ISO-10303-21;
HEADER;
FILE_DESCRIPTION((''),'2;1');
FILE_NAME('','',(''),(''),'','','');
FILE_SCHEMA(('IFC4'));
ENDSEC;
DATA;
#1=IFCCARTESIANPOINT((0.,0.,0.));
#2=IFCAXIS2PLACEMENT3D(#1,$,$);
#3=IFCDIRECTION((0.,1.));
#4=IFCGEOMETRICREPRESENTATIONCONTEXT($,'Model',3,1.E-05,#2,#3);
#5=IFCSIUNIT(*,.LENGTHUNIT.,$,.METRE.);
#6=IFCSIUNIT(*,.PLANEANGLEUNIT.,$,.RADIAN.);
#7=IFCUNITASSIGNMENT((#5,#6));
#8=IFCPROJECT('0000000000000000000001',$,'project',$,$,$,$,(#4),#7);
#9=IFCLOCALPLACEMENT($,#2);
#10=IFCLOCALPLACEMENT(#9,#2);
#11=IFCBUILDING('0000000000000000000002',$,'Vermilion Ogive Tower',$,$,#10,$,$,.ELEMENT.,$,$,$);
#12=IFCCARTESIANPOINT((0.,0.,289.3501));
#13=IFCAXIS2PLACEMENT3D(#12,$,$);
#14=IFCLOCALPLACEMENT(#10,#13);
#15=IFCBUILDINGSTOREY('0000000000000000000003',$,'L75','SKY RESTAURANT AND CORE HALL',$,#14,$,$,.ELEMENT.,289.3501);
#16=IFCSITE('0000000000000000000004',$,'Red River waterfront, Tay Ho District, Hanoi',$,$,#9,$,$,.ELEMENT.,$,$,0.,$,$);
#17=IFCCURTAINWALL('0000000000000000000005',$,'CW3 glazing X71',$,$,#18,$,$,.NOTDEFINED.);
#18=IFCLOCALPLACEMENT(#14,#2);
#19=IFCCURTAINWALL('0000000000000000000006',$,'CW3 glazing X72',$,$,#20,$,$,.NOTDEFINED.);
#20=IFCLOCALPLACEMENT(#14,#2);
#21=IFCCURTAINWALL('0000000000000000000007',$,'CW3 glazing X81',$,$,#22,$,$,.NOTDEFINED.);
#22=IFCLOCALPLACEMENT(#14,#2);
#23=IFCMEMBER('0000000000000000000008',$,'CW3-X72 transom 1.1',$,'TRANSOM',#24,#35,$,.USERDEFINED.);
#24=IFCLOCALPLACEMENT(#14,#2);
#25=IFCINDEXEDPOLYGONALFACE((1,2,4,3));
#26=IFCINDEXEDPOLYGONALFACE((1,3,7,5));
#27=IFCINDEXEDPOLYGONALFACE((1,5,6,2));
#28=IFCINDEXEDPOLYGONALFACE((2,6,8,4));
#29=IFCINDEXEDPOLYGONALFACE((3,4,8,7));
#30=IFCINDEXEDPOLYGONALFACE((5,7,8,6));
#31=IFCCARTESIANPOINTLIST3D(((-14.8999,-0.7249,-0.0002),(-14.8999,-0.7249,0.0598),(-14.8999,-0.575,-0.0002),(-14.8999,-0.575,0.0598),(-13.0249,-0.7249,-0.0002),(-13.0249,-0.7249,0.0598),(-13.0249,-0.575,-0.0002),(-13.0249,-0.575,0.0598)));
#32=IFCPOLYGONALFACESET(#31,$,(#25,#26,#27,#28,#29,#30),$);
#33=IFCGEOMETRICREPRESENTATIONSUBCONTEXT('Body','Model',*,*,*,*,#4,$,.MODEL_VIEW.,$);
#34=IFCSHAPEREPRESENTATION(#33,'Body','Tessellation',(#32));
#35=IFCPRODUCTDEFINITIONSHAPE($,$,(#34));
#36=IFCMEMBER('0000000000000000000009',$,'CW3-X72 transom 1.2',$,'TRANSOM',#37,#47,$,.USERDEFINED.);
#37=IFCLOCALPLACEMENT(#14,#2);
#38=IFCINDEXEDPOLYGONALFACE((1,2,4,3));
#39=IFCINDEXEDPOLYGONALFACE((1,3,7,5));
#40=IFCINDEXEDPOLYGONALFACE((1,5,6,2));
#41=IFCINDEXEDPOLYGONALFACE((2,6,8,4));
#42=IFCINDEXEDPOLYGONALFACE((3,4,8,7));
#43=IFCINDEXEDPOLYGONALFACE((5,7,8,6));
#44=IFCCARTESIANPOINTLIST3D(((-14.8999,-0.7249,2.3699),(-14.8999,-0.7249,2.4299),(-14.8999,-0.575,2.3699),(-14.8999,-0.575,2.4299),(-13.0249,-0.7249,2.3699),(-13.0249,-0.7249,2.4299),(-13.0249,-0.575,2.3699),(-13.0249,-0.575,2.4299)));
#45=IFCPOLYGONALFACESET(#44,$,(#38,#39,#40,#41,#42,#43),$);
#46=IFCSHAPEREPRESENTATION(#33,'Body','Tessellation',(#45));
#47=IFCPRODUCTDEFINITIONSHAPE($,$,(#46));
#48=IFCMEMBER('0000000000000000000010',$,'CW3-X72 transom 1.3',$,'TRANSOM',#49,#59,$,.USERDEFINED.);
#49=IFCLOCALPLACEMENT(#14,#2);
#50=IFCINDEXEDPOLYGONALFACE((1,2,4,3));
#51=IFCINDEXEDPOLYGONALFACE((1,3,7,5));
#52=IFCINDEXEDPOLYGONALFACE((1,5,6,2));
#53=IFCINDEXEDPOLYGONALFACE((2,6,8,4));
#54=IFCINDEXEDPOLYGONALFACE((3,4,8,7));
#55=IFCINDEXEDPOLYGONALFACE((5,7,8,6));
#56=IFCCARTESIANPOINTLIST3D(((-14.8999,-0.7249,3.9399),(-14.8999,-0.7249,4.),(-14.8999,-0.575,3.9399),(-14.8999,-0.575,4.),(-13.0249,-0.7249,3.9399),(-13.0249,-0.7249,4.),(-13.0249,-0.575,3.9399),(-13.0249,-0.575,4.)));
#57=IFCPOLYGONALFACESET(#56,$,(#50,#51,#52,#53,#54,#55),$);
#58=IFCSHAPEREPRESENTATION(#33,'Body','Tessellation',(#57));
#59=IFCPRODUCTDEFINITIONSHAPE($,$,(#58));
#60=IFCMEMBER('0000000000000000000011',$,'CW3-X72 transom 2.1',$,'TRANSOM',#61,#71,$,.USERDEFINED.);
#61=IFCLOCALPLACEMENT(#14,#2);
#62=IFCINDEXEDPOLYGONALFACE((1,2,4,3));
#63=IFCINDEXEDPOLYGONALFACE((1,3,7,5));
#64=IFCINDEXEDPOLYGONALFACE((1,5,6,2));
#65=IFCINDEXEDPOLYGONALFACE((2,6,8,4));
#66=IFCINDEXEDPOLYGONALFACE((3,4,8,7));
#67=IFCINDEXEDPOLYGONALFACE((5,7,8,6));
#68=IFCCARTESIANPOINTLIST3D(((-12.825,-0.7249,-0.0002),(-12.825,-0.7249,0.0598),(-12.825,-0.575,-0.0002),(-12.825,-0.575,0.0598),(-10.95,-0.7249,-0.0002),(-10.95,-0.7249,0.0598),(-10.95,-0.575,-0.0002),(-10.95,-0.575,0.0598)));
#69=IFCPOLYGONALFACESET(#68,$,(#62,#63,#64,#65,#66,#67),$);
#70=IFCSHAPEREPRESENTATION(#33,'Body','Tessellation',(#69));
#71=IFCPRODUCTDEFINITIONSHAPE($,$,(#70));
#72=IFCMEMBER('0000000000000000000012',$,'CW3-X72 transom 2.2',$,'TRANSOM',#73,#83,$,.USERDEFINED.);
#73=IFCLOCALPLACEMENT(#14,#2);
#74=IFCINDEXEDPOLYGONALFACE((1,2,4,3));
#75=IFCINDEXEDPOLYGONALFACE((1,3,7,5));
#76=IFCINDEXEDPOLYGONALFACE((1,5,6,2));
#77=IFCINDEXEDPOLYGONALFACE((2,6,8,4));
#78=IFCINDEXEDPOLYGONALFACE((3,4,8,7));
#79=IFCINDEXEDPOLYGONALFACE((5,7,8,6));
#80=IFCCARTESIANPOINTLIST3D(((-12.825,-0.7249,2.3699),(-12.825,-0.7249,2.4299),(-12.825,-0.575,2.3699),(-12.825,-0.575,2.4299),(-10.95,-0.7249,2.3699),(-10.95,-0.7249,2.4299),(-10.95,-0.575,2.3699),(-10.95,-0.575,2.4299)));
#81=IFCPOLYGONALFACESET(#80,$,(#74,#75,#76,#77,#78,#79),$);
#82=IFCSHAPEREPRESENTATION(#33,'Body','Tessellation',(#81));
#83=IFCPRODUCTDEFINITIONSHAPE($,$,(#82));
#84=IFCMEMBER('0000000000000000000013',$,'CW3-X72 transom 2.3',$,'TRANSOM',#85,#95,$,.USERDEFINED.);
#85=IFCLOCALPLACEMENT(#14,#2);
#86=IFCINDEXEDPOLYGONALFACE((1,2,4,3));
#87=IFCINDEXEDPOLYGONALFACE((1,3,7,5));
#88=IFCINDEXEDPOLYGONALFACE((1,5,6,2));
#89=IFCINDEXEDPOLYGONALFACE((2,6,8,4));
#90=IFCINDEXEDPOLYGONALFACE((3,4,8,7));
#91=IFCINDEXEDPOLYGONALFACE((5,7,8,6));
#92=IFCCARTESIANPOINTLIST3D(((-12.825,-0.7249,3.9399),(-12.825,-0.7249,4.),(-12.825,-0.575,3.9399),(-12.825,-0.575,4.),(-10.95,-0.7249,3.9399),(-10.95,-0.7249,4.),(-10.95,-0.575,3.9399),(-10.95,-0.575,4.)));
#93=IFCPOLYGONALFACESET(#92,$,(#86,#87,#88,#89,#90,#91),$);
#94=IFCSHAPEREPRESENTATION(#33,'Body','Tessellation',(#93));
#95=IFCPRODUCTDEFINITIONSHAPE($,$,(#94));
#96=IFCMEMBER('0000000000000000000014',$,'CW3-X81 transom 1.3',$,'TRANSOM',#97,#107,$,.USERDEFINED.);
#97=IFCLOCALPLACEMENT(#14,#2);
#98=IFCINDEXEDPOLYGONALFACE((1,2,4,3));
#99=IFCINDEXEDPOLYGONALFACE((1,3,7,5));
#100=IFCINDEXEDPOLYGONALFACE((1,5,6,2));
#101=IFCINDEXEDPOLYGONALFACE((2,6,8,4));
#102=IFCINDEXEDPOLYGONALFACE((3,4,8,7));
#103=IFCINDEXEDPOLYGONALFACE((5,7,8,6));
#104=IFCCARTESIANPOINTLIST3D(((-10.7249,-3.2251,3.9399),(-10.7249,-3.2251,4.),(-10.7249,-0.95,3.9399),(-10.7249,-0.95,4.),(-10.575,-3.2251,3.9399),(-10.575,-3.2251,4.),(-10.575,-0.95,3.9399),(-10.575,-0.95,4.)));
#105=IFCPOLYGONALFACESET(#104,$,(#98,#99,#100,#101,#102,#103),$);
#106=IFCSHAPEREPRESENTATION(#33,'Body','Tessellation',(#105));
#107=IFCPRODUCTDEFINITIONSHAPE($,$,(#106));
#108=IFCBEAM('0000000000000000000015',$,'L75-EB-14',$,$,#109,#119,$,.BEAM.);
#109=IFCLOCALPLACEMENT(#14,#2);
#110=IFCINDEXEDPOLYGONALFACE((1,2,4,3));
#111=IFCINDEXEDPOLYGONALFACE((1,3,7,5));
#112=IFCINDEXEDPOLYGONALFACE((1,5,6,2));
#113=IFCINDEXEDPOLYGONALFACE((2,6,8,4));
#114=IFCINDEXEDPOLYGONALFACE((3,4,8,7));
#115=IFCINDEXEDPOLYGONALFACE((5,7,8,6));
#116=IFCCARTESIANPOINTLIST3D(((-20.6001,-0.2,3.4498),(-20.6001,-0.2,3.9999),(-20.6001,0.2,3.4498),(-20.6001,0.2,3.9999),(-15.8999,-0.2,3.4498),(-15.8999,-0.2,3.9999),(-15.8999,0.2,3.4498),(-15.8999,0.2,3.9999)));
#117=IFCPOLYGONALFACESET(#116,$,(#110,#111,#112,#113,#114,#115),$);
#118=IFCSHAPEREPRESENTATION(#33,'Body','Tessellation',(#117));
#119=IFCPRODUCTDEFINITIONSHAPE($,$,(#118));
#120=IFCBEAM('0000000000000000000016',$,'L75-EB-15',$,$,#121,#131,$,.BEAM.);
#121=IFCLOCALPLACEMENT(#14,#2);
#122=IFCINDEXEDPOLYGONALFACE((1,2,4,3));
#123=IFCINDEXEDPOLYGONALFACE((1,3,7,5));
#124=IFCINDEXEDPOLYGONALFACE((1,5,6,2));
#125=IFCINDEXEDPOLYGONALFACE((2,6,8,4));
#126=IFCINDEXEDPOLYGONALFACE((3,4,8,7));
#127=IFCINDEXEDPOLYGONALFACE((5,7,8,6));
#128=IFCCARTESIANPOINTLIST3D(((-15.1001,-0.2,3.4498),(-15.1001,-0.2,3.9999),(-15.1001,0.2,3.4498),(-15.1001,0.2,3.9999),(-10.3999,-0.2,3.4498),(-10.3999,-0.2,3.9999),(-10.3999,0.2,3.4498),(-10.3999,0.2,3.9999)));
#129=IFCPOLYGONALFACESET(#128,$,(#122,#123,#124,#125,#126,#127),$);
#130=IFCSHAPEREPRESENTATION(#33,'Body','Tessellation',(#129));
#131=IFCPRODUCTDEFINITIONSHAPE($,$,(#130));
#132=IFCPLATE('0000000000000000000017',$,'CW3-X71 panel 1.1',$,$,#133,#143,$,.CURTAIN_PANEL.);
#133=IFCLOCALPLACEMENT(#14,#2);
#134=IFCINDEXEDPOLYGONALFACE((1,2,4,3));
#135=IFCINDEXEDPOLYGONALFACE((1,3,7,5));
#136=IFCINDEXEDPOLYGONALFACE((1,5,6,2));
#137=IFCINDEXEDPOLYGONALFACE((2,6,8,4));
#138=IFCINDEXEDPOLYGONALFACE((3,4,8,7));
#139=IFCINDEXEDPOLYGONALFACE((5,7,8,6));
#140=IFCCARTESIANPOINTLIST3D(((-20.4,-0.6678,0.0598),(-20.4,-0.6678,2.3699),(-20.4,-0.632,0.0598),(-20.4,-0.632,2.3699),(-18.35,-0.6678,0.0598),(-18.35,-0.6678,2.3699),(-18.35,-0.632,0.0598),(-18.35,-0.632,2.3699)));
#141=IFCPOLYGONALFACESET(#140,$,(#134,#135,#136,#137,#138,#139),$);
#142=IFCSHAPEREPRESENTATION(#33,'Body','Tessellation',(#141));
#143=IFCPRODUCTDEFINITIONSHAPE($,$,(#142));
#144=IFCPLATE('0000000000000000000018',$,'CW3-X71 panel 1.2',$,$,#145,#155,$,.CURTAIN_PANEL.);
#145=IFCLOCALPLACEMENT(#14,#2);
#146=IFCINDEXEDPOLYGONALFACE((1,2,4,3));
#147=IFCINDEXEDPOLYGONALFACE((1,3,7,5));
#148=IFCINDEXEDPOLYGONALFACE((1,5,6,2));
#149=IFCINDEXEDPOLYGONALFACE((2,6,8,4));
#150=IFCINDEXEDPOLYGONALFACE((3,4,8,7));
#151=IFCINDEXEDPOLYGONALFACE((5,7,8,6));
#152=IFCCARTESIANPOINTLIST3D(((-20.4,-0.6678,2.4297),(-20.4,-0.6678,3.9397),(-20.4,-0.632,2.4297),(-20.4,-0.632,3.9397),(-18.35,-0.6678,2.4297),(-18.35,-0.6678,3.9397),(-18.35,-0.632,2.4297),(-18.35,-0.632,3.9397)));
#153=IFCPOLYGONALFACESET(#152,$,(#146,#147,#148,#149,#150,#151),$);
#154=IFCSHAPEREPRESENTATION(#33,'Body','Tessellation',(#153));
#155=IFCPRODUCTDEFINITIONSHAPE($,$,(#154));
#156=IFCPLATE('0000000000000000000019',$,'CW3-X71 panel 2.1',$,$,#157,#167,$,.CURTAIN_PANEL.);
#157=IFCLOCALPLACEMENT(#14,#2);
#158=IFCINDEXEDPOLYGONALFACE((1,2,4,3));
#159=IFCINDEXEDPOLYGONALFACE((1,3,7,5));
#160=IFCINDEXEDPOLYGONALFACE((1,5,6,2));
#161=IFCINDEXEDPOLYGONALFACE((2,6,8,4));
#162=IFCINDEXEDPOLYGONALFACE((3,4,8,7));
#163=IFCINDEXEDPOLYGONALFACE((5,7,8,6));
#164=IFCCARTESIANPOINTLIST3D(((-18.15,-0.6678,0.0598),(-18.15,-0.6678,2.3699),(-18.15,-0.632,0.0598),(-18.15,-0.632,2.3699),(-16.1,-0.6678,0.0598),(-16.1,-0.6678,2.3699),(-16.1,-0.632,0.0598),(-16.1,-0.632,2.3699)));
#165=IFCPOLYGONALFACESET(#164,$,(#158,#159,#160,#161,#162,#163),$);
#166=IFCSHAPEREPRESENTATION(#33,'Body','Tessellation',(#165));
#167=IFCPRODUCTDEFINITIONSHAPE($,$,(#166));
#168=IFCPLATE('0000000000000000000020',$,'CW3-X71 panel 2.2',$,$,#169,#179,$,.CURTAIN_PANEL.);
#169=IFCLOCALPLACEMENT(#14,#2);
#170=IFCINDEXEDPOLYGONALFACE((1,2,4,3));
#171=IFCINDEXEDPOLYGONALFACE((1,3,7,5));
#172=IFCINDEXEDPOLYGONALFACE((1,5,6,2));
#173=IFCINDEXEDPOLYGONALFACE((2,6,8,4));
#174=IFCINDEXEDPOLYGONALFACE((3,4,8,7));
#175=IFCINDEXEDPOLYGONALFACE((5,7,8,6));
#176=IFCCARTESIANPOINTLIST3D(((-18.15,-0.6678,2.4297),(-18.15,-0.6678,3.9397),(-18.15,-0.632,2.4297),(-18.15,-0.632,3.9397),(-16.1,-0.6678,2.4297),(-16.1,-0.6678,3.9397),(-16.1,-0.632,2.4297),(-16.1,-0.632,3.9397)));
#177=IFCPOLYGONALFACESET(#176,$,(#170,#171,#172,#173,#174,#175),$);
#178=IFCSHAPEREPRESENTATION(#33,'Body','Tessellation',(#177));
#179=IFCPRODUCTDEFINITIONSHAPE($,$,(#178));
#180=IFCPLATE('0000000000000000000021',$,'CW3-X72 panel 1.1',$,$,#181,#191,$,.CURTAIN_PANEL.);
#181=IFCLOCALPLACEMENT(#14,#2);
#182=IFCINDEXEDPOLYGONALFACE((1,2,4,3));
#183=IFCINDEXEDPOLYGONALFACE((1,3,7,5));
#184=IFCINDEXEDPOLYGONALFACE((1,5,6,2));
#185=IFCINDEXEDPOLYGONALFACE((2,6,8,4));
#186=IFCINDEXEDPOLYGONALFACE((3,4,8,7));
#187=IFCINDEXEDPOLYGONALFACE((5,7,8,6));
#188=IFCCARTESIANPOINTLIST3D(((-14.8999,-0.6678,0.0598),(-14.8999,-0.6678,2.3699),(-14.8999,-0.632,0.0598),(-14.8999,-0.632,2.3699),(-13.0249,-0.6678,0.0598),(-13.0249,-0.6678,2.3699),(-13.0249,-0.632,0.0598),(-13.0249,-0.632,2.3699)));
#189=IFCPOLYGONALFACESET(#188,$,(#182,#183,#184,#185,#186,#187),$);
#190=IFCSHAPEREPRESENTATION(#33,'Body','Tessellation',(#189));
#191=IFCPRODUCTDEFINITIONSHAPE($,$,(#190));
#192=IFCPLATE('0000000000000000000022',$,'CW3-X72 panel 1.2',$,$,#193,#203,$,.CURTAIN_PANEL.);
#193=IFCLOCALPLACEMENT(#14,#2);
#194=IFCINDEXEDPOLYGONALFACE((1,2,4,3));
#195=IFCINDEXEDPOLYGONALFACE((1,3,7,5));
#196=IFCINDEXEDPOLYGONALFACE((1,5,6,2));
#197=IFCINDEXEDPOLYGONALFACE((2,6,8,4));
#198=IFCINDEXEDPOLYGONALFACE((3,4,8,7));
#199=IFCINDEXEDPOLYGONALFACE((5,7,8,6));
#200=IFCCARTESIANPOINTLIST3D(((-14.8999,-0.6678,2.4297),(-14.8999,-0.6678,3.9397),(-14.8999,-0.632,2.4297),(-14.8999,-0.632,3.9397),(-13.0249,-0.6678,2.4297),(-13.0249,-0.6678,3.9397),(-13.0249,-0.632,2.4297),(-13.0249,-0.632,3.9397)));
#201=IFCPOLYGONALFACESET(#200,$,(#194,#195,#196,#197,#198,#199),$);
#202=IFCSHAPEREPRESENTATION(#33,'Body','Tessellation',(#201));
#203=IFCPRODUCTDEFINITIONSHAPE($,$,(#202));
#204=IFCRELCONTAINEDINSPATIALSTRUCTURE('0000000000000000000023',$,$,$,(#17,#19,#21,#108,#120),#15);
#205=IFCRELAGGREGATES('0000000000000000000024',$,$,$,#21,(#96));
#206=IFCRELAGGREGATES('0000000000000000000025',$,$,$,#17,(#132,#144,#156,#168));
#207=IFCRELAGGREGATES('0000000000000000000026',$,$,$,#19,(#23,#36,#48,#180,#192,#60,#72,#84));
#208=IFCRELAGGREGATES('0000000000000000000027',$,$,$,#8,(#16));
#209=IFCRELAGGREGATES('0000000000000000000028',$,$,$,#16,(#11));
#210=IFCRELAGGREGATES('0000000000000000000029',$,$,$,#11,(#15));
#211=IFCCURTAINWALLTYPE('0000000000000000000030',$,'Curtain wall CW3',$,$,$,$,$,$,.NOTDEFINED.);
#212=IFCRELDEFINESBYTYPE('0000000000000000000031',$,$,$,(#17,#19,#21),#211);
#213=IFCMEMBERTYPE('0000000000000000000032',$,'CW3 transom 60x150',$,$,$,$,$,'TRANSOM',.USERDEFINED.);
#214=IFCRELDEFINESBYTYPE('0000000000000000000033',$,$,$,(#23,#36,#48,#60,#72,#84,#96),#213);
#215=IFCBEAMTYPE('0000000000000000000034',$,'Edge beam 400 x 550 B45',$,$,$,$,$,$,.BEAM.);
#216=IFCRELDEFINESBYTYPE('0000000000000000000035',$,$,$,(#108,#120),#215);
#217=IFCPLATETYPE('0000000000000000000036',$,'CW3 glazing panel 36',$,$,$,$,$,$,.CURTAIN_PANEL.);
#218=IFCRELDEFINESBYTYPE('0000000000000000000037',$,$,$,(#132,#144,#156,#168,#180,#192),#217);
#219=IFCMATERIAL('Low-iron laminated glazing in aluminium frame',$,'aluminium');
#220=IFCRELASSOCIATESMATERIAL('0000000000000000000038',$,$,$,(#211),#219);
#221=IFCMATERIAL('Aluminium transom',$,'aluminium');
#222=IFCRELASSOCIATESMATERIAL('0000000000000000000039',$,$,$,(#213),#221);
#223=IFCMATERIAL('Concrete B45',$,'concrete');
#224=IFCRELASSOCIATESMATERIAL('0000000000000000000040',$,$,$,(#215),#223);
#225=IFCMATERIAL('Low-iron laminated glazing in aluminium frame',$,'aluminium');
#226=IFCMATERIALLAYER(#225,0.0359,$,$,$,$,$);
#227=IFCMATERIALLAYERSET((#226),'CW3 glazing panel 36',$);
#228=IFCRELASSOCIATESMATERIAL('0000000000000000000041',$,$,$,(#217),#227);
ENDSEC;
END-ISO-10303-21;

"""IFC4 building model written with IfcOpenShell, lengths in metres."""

from ifc_helpers import new_model, si_unit, direction, frame, origin, origin_2d, place, context, subcontext, project, spatial, rectangle, extrude, material, layer, layer_set, material_profile, profile_set, type_object, element, aggregate, save


model = new_model("IFC4")

# Units and contexts
model_context = context("Model", 3, precision=1e-05, world=origin(), true_north=direction((0.0, 1.0)))
body_context = subcontext(model_context, "Body", "Model", "MODEL_VIEW")
ifc_project = project(units=[si_unit("LENGTHUNIT", "METRE"), si_unit("PLANEANGLEUNIT", "RADIAN")], contexts=[model_context])

# Site, building, storey
site_placement = place(None, origin())
site = spatial("IfcSite", under=ifc_project, at=site_placement, Name="Red River waterfront, Tay Ho District, Hanoi", CompositionType="ELEMENT", RefElevation=0.0)
building_placement = place(site_placement, origin())
building = spatial("IfcBuilding", under=site, at=building_placement, Name="Vermilion Ogive Tower", CompositionType="ELEMENT")
storey_placement = place(building_placement, frame((0.0, 0.0, 289.3501)))
storey = spatial("IfcBuildingStorey", under=building, at=storey_placement, Name="L75", Description="SKY RESTAURANT AND CORE HALL", CompositionType="ELEMENT", Elevation=289.3501)

# Curtain walls
ifc_material_1 = material(Name="Low-iron laminated glazing in aluminium frame", Category="aluminium")
curtain_wall_type = type_object("IfcCurtainWallType", Name="Curtain wall CW3", PredefinedType="NOTDEFINED", material=ifc_material_1)
curtain_wall_1_placement = place(storey_placement, origin())
curtain_wall_1 = element("IfcCurtainWall", 1, at=curtain_wall_1_placement, inside=storey, type_object=curtain_wall_type, Name="CW3 glazing X71", PredefinedType="NOTDEFINED")
curtain_wall_2_placement = place(storey_placement, origin())
curtain_wall_2 = element("IfcCurtainWall", 2, at=curtain_wall_2_placement, inside=storey, type_object=curtain_wall_type, Name="CW3 glazing X72", PredefinedType="NOTDEFINED")

# Curtain wall
curtain_wall_3_placement = place(storey_placement, origin())
curtain_wall_3 = element("IfcCurtainWall", 3, at=curtain_wall_3_placement, inside=storey, type_object=curtain_wall_type, Name="CW3 glazing X81", PredefinedType="NOTDEFINED")

# Members
ifc_material_2 = material(Name="Aluminium transom", Category="aluminium")
ifc_material_profile_1 = material_profile(ifc_material_2, rectangle(XDim=0.1499, YDim=0.0601, at=origin_2d()), Name="AL 60x150")
ifc_profile_set_1 = profile_set([ifc_material_profile_1], Name="Aluminium transom")
member_type_1 = type_object("IfcMemberType", Name="CW3 transom 60x150", ElementType="TRANSOM", PredefinedType="USERDEFINED", material=ifc_profile_set_1)
member_1_placement = place(storey_placement, frame((-14.8999, -0.6499, 0.0298), z_axis=(1.0, 0.0, 0.0), x_axis=(0.0, 1.0, 0.0)))
member_1 = element("IfcMember", 4, at=member_1_placement, type_object=member_type_1, Name="CW3-X72 transom 1.1", ObjectType="TRANSOM", PredefinedType="USERDEFINED", context=body_context, shape_type="SweptSolid", body=[
    extrude(rectangle(XDim=0.1499, YDim=0.0601, at=origin_2d()), origin(), (0.0, 0.0, 1.0), 1.875),
])
member_2_placement = place(storey_placement, frame((-14.8999, -0.6499, 2.3999), z_axis=(1.0, 0.0, 0.0), x_axis=(0.0, 1.0, 0.0)))
member_2 = element("IfcMember", 5, at=member_2_placement, type_object=member_type_1, Name="CW3-X72 transom 1.2", ObjectType="TRANSOM", PredefinedType="USERDEFINED", context=body_context, shape_type="SweptSolid", body=[
    extrude(rectangle(XDim=0.1499, YDim=0.0601, at=origin_2d()), origin(), (0.0, 0.0, 1.0), 1.875),
])
member_3_placement = place(storey_placement, frame((-14.8999, -0.6499, 3.97), z_axis=(1.0, 0.0, 0.0), x_axis=(0.0, 1.0, 0.0)))
member_3 = element("IfcMember", 6, at=member_3_placement, type_object=member_type_1, Name="CW3-X72 transom 1.3", ObjectType="TRANSOM", PredefinedType="USERDEFINED", context=body_context, shape_type="SweptSolid", body=[
    extrude(rectangle(XDim=0.1499, YDim=0.0601, at=origin_2d()), origin(), (0.0, 0.0, 1.0), 1.875),
])
member_4_placement = place(storey_placement, frame((-12.825, -0.6499, 0.0298), z_axis=(1.0, 0.0, 0.0), x_axis=(0.0, 1.0, 0.0)))
member_4 = element("IfcMember", 7, at=member_4_placement, type_object=member_type_1, Name="CW3-X72 transom 2.1", ObjectType="TRANSOM", PredefinedType="USERDEFINED", context=body_context, shape_type="SweptSolid", body=[
    extrude(rectangle(XDim=0.1499, YDim=0.0601, at=origin_2d()), origin(), (0.0, 0.0, 1.0), 1.875),
])
member_5_placement = place(storey_placement, frame((-12.825, -0.6499, 2.3999), z_axis=(1.0, 0.0, 0.0), x_axis=(0.0, 1.0, 0.0)))
member_5 = element("IfcMember", 8, at=member_5_placement, type_object=member_type_1, Name="CW3-X72 transom 2.2", ObjectType="TRANSOM", PredefinedType="USERDEFINED", context=body_context, shape_type="SweptSolid", body=[
    extrude(rectangle(XDim=0.1499, YDim=0.0601, at=origin_2d()), origin(), (0.0, 0.0, 1.0), 1.875),
])
member_6_placement = place(storey_placement, frame((-12.825, -0.6499, 3.97), z_axis=(1.0, 0.0, 0.0), x_axis=(0.0, 1.0, 0.0)))
member_6 = element("IfcMember", 9, at=member_6_placement, type_object=member_type_1, Name="CW3-X72 transom 2.3", ObjectType="TRANSOM", PredefinedType="USERDEFINED", context=body_context, shape_type="SweptSolid", body=[
    extrude(rectangle(XDim=0.1499, YDim=0.0601, at=origin_2d()), origin(), (0.0, 0.0, 1.0), 1.875),
])
member_7_placement = place(storey_placement, frame((-10.6499, -0.95, 3.97), z_axis=(0.0, -1.0, 0.0), x_axis=(1.0, 0.0, 0.0)))
member_7 = element("IfcMember", 10, at=member_7_placement, type_object=member_type_1, Name="CW3-X81 transom 1.3", ObjectType="TRANSOM", PredefinedType="USERDEFINED", context=body_context, shape_type="SweptSolid", body=[
    extrude(rectangle(XDim=0.1499, YDim=0.0601, at=origin_2d()), origin(), (0.0, 0.0, 1.0), 2.2751),
])
aggregate(curtain_wall_3, [member_7])

# Beams
ifc_material_3 = material(Name="Concrete B45", Category="concrete")
ifc_material_profile_2 = material_profile(ifc_material_3, rectangle(XDim=0.3999, YDim=0.55, at=origin_2d()), Name="400 x 550")
ifc_profile_set_2 = profile_set([ifc_material_profile_2], Name="Concrete B45")
beam_type = type_object("IfcBeamType", Name="Edge beam 400 x 550 B45", PredefinedType="BEAM", material=ifc_profile_set_2)
for number, where, z_axis, x_axis, name in (
    (11, (-20.6001, 0.0, 3.7249), (1.0, 0.0, 0.0), (0.0, 1.0, 0.0), "L75-EB-14"),
    (12, (-15.1001, 0.0, 3.7249), (1.0, 0.0, 0.0), (0.0, 1.0, 0.0), "L75-EB-15"),
):
    element("IfcBeam", number, at=place(storey_placement, frame(where, z_axis=z_axis, x_axis=x_axis)), inside=storey, type_object=beam_type, Name=name, PredefinedType="BEAM", context=body_context, shape_type="SweptSolid", body=[
        extrude(rectangle(XDim=0.3999, YDim=0.55, at=origin_2d()), origin(), (0.0, 0.0, 1.0), 4.7002),
    ])

# Plates
ifc_material_4 = material(Name="Low-iron laminated glazing in aluminium frame", Category="aluminium")
ifc_layer_1 = layer(ifc_material_4, 0.0359)
ifc_layer_set_1 = layer_set([ifc_layer_1], Name="CW3 glazing panel 36")
plate_type = type_object("IfcPlateType", Name="CW3 glazing panel 36", PredefinedType="CURTAIN_PANEL", material=ifc_layer_set_1)
plate_1_placement = place(storey_placement, frame((-19.375, -0.6499, 0.0598), z_axis=(0.0, 0.0, 1.0), x_axis=(1.0, 0.0, 0.0)))
plate_1 = element("IfcPlate", 13, at=plate_1_placement, type_object=plate_type, Name="CW3-X71 panel 1.1", PredefinedType="CURTAIN_PANEL", context=body_context, shape_type="SweptSolid", body=[
    extrude(rectangle(XDim=2.05, YDim=0.0359, at=origin_2d()), origin(), (0.0, 0.0, 1.0), 2.3101),
])
plate_2_placement = place(storey_placement, frame((-19.375, -0.6499, 2.4297), z_axis=(0.0, 0.0, 1.0), x_axis=(1.0, 0.0, 0.0)))
plate_2 = element("IfcPlate", 14, at=plate_2_placement, type_object=plate_type, Name="CW3-X71 panel 1.2", PredefinedType="CURTAIN_PANEL", context=body_context, shape_type="SweptSolid", body=[
    extrude(rectangle(XDim=2.05, YDim=0.0359, at=origin_2d()), origin(), (0.0, 0.0, 1.0), 1.51),
])
plate_3_placement = place(storey_placement, frame((-17.125, -0.6499, 0.0598), z_axis=(0.0, 0.0, 1.0), x_axis=(1.0, 0.0, 0.0)))
plate_3 = element("IfcPlate", 15, at=plate_3_placement, type_object=plate_type, Name="CW3-X71 panel 2.1", PredefinedType="CURTAIN_PANEL", context=body_context, shape_type="SweptSolid", body=[
    extrude(rectangle(XDim=2.05, YDim=0.0359, at=origin_2d()), origin(), (0.0, 0.0, 1.0), 2.3101),
])
plate_4_placement = place(storey_placement, frame((-17.125, -0.6499, 2.4297), z_axis=(0.0, 0.0, 1.0), x_axis=(1.0, 0.0, 0.0)))
plate_4 = element("IfcPlate", 16, at=plate_4_placement, type_object=plate_type, Name="CW3-X71 panel 2.2", PredefinedType="CURTAIN_PANEL", context=body_context, shape_type="SweptSolid", body=[
    extrude(rectangle(XDim=2.05, YDim=0.0359, at=origin_2d()), origin(), (0.0, 0.0, 1.0), 1.51),
])
aggregate(curtain_wall_1, [plate_1, plate_2, plate_3, plate_4])
plate_5_placement = place(storey_placement, frame((-13.9624, -0.6499, 0.0598), z_axis=(0.0, 0.0, 1.0), x_axis=(1.0, 0.0, 0.0)))
plate_5 = element("IfcPlate", 17, at=plate_5_placement, type_object=plate_type, Name="CW3-X72 panel 1.1", PredefinedType="CURTAIN_PANEL", context=body_context, shape_type="SweptSolid", body=[
    extrude(rectangle(XDim=1.875, YDim=0.0359, at=origin_2d()), origin(), (0.0, 0.0, 1.0), 2.3101),
])
plate_6_placement = place(storey_placement, frame((-13.9624, -0.6499, 2.4297), z_axis=(0.0, 0.0, 1.0), x_axis=(1.0, 0.0, 0.0)))
plate_6 = element("IfcPlate", 18, at=plate_6_placement, type_object=plate_type, Name="CW3-X72 panel 1.2", PredefinedType="CURTAIN_PANEL", context=body_context, shape_type="SweptSolid", body=[
    extrude(rectangle(XDim=1.875, YDim=0.0359, at=origin_2d()), origin(), (0.0, 0.0, 1.0), 1.51),
])
aggregate(curtain_wall_2, [member_1, member_2, member_3, plate_5, plate_6, member_4, member_5, member_6])

save(model, "model.ifc")
